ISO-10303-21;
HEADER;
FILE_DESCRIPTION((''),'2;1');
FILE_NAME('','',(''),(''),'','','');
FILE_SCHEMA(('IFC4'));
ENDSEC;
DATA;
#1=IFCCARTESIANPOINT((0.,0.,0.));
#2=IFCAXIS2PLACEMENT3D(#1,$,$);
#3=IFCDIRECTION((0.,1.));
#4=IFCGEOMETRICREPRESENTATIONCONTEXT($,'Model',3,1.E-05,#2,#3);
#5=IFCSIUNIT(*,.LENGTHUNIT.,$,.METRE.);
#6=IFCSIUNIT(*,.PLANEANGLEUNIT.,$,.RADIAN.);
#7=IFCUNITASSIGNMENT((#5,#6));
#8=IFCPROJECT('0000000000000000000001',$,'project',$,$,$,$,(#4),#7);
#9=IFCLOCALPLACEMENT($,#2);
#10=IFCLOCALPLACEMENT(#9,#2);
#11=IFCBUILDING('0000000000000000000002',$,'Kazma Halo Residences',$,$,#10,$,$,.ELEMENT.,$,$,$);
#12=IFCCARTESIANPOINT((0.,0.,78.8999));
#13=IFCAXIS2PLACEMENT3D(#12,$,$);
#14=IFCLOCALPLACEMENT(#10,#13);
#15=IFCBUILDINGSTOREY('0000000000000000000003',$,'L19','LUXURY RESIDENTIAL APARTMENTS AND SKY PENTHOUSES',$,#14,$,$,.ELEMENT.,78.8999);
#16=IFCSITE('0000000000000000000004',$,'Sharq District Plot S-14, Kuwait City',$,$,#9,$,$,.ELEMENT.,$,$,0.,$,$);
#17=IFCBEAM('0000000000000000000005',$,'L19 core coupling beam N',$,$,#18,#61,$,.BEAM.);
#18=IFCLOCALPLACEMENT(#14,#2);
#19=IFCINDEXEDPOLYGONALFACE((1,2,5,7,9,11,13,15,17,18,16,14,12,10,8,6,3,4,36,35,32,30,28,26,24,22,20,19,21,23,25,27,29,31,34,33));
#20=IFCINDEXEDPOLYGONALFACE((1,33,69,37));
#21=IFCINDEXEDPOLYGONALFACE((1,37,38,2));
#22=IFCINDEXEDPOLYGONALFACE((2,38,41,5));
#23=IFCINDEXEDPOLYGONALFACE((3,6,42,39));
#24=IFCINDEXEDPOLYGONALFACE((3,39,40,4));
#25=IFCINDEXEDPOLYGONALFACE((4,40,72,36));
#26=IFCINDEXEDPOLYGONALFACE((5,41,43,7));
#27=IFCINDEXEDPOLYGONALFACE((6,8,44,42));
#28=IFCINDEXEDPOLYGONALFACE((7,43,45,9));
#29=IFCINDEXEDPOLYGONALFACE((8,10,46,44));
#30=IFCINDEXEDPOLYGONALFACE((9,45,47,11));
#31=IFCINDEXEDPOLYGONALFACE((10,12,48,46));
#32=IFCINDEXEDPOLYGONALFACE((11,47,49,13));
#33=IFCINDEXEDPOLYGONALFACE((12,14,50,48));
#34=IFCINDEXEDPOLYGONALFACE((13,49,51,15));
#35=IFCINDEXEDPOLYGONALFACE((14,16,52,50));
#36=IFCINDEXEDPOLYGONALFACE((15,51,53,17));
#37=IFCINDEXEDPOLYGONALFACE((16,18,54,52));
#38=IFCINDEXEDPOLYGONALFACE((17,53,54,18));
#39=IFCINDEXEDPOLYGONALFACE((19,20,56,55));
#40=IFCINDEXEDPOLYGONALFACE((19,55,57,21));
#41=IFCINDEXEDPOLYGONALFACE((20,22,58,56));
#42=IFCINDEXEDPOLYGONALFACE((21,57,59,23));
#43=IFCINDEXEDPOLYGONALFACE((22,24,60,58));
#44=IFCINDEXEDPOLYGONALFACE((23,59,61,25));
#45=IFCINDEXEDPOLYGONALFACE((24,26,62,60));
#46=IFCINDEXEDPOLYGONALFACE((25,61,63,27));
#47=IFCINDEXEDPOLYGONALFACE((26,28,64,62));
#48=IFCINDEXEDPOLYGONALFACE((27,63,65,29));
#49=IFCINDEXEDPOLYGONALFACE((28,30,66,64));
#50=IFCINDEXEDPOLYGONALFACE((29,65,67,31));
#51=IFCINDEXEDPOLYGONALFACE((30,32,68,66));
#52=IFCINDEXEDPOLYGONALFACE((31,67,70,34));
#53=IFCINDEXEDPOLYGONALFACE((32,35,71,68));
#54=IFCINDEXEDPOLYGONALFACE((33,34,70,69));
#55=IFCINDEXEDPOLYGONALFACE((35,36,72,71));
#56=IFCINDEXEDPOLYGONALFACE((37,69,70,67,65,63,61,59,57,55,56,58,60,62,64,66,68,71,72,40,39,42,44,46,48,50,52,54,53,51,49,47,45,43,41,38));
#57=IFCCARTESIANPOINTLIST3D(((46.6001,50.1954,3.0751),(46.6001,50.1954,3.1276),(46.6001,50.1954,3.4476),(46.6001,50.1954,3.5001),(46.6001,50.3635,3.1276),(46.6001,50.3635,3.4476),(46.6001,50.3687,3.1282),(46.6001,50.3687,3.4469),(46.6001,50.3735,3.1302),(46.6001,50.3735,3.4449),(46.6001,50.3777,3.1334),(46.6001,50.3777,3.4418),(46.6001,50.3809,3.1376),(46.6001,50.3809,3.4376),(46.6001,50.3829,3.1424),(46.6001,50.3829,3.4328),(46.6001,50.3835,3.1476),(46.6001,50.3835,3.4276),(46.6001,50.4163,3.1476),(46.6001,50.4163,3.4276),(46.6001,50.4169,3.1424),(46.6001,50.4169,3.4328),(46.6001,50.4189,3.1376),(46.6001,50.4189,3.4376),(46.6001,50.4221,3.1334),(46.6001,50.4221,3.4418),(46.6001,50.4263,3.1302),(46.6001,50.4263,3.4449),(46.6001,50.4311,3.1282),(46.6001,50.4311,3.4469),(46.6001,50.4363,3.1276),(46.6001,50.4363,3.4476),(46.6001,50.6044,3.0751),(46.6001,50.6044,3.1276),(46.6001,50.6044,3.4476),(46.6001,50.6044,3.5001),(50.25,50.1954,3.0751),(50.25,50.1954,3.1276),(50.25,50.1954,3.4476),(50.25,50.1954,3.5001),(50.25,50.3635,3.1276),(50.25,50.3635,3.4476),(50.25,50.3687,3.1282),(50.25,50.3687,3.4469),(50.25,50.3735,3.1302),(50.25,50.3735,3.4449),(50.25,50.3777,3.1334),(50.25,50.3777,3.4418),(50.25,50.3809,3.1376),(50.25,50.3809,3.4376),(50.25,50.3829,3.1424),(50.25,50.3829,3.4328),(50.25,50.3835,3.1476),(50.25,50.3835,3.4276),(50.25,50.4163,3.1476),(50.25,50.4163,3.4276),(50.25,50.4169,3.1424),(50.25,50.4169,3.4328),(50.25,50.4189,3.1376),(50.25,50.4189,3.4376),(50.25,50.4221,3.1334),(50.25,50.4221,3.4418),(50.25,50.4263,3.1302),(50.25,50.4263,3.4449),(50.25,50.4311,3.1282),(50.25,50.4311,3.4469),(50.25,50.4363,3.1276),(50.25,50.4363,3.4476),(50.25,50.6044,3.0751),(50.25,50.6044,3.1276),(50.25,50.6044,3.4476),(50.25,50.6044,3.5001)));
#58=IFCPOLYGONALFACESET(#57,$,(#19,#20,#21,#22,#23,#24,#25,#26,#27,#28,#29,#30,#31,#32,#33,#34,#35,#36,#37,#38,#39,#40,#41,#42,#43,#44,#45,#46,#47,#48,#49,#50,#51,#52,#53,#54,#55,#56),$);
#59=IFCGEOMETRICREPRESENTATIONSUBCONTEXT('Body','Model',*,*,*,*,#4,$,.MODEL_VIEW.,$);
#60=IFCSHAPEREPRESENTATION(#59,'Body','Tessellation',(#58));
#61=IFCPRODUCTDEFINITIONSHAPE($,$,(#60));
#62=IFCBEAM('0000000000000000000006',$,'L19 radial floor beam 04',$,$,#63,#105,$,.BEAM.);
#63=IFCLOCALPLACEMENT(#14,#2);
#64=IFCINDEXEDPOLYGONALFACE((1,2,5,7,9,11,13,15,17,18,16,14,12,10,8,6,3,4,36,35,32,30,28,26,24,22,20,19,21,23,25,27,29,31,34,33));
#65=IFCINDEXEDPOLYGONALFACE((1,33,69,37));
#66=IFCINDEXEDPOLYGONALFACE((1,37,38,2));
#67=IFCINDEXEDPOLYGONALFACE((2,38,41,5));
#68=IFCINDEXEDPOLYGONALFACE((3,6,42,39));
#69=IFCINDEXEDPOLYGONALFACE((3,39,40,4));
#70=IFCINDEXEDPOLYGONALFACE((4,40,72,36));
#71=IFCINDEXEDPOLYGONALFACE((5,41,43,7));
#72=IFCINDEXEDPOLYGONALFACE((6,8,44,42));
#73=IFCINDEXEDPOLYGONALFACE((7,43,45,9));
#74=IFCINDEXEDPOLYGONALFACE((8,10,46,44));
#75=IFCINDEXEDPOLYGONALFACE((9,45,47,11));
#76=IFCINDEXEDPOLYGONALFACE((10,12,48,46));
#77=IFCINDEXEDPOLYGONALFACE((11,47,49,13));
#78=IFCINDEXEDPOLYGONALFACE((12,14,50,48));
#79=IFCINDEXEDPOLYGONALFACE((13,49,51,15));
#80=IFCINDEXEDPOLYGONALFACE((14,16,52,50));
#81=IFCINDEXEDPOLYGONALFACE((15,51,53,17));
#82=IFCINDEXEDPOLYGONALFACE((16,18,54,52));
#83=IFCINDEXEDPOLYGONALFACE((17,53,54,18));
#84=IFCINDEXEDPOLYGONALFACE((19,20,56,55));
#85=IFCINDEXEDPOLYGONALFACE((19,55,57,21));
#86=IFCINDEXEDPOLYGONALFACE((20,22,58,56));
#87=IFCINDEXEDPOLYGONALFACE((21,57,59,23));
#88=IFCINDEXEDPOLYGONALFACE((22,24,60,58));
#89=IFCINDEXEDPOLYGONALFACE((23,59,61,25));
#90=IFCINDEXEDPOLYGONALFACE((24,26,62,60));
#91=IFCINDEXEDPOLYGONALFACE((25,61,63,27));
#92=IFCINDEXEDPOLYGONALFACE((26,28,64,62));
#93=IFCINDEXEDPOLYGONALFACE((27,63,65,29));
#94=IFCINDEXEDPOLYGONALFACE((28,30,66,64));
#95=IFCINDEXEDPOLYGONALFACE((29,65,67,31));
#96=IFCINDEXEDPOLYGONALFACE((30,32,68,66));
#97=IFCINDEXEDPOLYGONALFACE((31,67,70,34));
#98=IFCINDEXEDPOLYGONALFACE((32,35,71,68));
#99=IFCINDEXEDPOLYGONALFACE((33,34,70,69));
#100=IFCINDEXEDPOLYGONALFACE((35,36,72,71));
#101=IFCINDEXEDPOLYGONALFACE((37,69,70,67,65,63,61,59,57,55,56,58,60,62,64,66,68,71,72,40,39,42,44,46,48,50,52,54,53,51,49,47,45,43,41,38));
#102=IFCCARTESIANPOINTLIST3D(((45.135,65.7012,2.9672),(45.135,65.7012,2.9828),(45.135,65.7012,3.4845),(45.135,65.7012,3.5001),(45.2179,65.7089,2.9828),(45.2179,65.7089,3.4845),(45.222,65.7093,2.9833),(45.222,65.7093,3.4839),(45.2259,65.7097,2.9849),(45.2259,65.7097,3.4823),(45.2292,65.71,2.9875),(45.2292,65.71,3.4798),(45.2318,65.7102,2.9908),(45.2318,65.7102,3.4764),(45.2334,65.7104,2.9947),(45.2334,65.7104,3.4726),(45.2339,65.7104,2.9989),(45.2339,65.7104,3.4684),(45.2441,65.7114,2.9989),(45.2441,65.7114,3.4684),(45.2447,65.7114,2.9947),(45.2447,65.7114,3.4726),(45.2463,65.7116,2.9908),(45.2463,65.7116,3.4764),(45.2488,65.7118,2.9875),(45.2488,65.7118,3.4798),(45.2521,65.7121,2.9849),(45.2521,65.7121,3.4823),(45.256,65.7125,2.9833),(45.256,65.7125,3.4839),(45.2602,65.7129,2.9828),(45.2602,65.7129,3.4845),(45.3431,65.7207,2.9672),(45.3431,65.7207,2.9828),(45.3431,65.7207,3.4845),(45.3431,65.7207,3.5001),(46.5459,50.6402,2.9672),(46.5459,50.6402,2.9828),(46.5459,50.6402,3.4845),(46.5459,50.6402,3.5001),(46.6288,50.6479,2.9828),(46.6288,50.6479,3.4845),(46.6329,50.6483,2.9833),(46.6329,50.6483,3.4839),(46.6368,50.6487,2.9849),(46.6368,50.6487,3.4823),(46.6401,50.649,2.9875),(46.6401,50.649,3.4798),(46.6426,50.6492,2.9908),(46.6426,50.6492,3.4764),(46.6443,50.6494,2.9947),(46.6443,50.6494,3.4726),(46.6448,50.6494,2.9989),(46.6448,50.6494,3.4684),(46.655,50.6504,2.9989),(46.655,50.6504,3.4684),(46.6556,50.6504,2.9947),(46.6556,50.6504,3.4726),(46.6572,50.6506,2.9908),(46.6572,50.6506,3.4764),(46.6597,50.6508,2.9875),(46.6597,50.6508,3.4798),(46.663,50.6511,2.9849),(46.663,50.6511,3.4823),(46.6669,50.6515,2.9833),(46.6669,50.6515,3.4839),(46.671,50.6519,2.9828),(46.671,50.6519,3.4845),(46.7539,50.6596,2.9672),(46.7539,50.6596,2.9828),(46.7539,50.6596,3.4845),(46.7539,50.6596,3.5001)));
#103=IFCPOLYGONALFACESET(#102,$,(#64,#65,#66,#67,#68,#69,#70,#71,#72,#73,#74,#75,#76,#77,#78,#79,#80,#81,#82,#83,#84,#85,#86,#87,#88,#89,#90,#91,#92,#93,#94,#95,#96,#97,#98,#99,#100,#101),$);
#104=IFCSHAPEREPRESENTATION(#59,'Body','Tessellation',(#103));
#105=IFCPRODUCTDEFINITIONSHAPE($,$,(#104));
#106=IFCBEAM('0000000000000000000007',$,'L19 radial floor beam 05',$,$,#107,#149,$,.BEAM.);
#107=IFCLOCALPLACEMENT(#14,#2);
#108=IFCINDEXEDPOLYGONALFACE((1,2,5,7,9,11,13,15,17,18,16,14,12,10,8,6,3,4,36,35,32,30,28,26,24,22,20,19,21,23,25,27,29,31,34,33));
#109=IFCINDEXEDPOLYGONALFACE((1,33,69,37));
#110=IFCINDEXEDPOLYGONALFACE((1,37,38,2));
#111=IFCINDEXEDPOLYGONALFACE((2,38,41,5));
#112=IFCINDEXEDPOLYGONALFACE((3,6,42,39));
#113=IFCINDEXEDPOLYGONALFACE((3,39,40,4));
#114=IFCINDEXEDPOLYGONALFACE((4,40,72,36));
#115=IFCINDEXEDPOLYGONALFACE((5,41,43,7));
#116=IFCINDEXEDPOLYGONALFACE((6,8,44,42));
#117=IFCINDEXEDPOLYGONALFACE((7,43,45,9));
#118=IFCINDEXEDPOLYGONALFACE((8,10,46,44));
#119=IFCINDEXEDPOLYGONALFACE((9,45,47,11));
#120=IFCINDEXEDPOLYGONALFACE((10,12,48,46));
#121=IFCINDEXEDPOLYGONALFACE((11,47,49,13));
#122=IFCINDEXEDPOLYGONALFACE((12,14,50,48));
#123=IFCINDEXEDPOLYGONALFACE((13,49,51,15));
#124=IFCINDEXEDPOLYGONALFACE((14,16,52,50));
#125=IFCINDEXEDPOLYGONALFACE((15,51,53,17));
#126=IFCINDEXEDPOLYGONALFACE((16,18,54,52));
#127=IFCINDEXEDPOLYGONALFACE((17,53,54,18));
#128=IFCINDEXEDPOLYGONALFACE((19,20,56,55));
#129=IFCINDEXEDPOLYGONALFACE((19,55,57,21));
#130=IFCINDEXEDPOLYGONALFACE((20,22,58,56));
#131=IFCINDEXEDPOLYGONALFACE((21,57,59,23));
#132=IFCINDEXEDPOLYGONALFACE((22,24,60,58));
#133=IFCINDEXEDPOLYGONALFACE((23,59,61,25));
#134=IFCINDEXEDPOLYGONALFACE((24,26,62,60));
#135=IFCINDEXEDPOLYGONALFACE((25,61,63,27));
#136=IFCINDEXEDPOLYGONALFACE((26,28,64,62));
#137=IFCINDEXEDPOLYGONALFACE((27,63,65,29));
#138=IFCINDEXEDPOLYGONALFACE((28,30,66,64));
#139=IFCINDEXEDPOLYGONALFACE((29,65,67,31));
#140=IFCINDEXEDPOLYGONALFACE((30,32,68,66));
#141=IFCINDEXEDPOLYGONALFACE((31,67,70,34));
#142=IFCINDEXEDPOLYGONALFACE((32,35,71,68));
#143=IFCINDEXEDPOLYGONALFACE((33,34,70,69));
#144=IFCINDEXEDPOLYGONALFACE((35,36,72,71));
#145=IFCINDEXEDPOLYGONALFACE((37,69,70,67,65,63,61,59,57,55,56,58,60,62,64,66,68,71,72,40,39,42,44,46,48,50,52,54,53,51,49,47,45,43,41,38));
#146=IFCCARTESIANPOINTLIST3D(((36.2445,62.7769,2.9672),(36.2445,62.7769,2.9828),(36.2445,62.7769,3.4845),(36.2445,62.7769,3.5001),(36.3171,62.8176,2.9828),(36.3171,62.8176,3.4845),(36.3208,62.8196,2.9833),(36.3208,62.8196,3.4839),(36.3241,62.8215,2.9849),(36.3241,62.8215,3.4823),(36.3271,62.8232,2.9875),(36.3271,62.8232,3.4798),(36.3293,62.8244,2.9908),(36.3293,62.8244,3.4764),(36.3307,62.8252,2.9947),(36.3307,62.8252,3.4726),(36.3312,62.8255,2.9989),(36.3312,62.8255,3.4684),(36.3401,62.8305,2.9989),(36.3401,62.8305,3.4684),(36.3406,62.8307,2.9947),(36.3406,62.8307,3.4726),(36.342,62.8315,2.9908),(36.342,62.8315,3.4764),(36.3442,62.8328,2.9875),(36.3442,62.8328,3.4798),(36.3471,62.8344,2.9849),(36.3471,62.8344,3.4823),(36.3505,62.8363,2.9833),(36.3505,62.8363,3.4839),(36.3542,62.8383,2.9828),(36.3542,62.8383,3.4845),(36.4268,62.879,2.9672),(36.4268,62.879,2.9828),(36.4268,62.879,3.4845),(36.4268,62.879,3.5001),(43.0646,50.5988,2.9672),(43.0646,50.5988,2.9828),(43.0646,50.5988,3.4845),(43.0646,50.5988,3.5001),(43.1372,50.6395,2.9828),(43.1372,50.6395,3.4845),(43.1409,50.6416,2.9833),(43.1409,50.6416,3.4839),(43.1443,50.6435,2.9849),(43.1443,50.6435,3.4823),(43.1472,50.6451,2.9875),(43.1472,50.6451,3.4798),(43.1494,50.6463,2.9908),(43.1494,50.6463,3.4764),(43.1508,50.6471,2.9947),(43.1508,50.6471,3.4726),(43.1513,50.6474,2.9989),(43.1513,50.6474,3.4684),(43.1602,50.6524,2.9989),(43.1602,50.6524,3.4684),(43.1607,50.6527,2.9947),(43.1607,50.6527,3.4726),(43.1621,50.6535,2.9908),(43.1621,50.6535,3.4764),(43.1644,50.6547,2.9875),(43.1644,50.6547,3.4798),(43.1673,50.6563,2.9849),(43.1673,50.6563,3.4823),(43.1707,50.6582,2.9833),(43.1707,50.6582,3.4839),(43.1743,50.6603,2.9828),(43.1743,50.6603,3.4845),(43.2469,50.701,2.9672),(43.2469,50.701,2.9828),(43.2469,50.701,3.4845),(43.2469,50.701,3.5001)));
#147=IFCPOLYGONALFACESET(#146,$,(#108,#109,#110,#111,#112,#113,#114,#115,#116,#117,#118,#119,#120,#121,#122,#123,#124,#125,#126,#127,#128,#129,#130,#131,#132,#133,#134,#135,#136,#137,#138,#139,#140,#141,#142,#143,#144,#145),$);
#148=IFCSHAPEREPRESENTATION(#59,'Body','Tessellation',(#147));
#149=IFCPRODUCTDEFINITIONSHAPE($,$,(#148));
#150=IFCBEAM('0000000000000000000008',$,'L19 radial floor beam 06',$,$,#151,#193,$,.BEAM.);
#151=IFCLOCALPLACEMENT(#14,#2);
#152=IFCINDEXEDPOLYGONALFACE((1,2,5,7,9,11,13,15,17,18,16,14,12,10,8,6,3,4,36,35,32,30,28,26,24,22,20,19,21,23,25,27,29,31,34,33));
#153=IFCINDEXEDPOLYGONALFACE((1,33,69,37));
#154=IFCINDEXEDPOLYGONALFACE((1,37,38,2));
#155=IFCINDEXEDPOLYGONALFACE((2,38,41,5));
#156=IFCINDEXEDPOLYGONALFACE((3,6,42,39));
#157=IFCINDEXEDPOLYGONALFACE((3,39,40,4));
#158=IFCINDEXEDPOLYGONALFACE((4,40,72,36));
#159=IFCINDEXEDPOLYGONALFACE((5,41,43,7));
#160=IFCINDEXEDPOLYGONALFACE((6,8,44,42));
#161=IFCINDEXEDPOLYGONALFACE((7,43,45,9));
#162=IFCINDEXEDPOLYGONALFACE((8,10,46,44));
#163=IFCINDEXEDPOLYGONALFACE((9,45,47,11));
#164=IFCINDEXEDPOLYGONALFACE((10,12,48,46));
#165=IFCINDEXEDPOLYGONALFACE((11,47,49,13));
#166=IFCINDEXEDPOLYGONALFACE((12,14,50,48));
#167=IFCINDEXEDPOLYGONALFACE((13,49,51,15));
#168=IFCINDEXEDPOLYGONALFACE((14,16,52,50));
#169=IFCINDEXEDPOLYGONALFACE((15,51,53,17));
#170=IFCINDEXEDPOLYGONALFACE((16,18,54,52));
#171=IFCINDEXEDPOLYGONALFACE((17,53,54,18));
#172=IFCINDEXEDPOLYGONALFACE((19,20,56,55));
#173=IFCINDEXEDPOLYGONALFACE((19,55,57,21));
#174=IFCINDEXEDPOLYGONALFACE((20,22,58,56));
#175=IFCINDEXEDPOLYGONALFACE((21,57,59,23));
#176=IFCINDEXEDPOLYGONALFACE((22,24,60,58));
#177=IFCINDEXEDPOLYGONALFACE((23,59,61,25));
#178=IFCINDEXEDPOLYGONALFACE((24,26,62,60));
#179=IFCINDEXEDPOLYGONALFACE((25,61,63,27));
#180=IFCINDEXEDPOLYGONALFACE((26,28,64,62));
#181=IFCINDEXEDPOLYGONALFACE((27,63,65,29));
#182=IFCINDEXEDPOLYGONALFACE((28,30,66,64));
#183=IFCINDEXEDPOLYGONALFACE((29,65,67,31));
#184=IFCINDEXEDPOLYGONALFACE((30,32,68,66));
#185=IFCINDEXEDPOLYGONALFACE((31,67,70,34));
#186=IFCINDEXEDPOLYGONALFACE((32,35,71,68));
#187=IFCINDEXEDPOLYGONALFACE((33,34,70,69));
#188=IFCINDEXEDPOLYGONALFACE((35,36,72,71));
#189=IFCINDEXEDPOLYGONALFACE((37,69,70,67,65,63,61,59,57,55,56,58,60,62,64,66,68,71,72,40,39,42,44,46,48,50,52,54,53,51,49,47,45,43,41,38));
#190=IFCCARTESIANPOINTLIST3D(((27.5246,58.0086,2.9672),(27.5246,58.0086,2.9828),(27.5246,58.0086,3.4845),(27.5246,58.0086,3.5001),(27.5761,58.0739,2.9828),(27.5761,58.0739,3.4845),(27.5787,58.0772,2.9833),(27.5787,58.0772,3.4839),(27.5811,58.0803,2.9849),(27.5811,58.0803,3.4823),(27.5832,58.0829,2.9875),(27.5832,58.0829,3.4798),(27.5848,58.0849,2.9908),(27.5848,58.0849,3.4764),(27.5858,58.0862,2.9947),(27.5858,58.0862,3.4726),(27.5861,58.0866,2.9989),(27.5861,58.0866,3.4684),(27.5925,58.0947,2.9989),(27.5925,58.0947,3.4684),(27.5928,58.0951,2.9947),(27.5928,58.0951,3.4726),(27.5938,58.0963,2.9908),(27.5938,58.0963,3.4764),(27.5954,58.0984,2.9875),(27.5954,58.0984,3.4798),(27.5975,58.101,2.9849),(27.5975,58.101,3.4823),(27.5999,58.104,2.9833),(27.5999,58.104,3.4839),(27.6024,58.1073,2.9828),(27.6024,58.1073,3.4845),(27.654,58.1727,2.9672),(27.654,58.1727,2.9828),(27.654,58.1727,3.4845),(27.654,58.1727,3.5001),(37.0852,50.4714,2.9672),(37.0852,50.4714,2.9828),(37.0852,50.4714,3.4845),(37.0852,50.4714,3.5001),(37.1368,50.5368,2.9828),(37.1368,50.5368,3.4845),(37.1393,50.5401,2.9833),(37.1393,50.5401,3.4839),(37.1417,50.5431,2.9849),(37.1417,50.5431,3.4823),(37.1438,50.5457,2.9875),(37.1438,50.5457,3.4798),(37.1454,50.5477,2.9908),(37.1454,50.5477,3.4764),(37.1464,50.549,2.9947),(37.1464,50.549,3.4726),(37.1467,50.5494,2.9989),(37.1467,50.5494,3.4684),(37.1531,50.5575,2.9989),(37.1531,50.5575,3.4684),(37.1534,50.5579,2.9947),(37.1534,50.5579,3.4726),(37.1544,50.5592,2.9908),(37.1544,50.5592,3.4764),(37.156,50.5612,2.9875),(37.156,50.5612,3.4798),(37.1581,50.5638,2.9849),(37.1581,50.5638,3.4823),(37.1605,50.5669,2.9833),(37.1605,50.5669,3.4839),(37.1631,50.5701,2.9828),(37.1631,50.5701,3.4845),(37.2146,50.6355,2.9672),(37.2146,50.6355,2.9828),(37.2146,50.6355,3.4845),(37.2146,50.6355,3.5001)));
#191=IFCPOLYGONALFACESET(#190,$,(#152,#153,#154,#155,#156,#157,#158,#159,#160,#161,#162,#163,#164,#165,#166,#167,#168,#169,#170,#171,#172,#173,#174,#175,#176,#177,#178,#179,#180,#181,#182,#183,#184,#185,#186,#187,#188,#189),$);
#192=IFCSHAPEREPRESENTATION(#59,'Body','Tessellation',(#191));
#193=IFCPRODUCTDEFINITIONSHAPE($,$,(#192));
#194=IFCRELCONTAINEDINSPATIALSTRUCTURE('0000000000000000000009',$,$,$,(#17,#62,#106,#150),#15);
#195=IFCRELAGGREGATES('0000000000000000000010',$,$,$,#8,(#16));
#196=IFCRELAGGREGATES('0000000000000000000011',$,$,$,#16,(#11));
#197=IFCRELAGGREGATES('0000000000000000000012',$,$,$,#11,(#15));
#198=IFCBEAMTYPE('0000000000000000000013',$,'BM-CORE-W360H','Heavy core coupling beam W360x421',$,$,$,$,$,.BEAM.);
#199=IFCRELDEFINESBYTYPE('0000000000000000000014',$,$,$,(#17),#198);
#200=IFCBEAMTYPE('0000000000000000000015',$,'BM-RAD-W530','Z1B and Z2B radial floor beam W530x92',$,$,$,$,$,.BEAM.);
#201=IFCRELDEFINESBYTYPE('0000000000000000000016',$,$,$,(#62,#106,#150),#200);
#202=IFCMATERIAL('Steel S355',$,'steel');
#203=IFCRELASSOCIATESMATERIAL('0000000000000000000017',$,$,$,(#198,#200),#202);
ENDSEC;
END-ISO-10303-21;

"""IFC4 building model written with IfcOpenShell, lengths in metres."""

from ifc_helpers import new_model, si_unit, direction, frame, origin, origin_2d, place, context, subcontext, project, spatial, i_section, extrude, material, material_profile, profile_set, type_object, element, save


model = new_model("IFC4")

# Units and contexts
model_context = context("Model", 3, precision=1e-05, world=origin(), true_north=direction((0.0, 1.0)))
body_context = subcontext(model_context, "Body", "Model", "MODEL_VIEW")
ifc_project = project(units=[si_unit("LENGTHUNIT", "METRE"), si_unit("PLANEANGLEUNIT", "RADIAN")], contexts=[model_context])

# Site, building, storey
site_placement = place(None, origin())
site = spatial("IfcSite", under=ifc_project, at=site_placement, Name="Sharq District Plot S-14, Kuwait City", CompositionType="ELEMENT", RefElevation=0.0)
building_placement = place(site_placement, origin())
building = spatial("IfcBuilding", under=site, at=building_placement, Name="Kazma Halo Residences", CompositionType="ELEMENT")
storey_placement = place(building_placement, frame((0.0, 0.0, 78.8999)))
storey = spatial("IfcBuildingStorey", under=building, at=storey_placement, Name="L19", Description="LUXURY RESIDENTIAL APARTMENTS AND SKY PENTHOUSES", CompositionType="ELEMENT", Elevation=78.8999)

# Beams
ifc_material_1 = material(Name="Steel S355", Category="steel")
ifc_material_profile_1 = material_profile(ifc_material_1, i_section(OverallWidth=0.4089, OverallDepth=0.425, WebThickness=0.0327, FlangeThickness=0.0525, FilletRadius=0.02, at=origin_2d()), Name="W360x421")
ifc_profile_set_1 = profile_set([ifc_material_profile_1], Name="Steel S355")
beam_type_1 = type_object("IfcBeamType", Name="BM-CORE-W360H", Description="Heavy core coupling beam W360x421", PredefinedType="BEAM", material=ifc_profile_set_1)
beam_1_placement = place(storey_placement, frame((46.6001, 50.3999, 3.2876), z_axis=(1.0, 0.0, 0.0), x_axis=(0.0, 1.0, 0.0)))
element("IfcBeam", 1, at=beam_1_placement, inside=storey, type_object=beam_type_1, Name="L19 core coupling beam N", PredefinedType="BEAM", context=body_context, shape_type="SweptSolid", body=[
    extrude(i_section(OverallWidth=0.4089, OverallDepth=0.425, WebThickness=0.0327, FlangeThickness=0.0525, FilletRadius=0.02, at=origin_2d()), origin(), (0.0, 0.0, 1.0), 3.6499),
])
ifc_material_profile_2 = material_profile(ifc_material_1, i_section(OverallWidth=0.209, OverallDepth=0.533, WebThickness=0.0103, FlangeThickness=0.0156, FilletRadius=0.0161, at=origin_2d()), Name="W530x92")
ifc_profile_set_2 = profile_set([ifc_material_profile_2], Name="Steel S355")
beam_type_2 = type_object("IfcBeamType", Name="BM-RAD-W530", Description="Z1B and Z2B radial floor beam W530x92", PredefinedType="BEAM", material=ifc_profile_set_2)
beam_2_placement = place(storey_placement, frame((46.6499, 50.6499, 3.2336), z_axis=(-0.09327, 0.995641, 0.0), x_axis=(-0.995641, -0.09327, 0.0)))
element("IfcBeam", 2, at=beam_2_placement, inside=storey, type_object=beam_type_2, Name="L19 radial floor beam 04", PredefinedType="BEAM", context=body_context, shape_type="SweptSolid", body=[
    extrude(i_section(OverallWidth=0.209, OverallDepth=0.533, WebThickness=0.0103, FlangeThickness=0.0156, FilletRadius=0.0161, at=origin_2d()), origin(), (0.0, 0.0, 1.0), 15.127),
])
beam_3_placement = place(storey_placement, frame((43.1558, 50.6499, 3.2336), z_axis=(-0.488625, 0.872494, 0.0), x_axis=(-0.872494, -0.488625, 0.0)))
element("IfcBeam", 3, at=beam_3_placement, inside=storey, type_object=beam_type_2, Name="L19 radial floor beam 05", PredefinedType="BEAM", context=body_context, shape_type="SweptSolid", body=[
    extrude(i_section(OverallWidth=0.209, OverallDepth=0.533, WebThickness=0.0103, FlangeThickness=0.0156, FilletRadius=0.0161, at=origin_2d()), origin(), (0.0, 0.0, 1.0), 13.9578),
])
beam_4_placement = place(storey_placement, frame((37.1499, 50.5535, 3.2336), z_axis=(-0.78531, 0.619103, 0.0), x_axis=(-0.619103, -0.78531, 0.0)))
element("IfcBeam", 4, at=beam_4_placement, inside=storey, type_object=beam_type_2, Name="L19 radial floor beam 06", PredefinedType="BEAM", context=body_context, shape_type="SweptSolid", body=[
    extrude(i_section(OverallWidth=0.209, OverallDepth=0.533, WebThickness=0.0103, FlangeThickness=0.0156, FilletRadius=0.0161, at=origin_2d()), origin(), (0.0, 0.0, 1.0), 12.1743),
])

save(model, "model.ifc")
